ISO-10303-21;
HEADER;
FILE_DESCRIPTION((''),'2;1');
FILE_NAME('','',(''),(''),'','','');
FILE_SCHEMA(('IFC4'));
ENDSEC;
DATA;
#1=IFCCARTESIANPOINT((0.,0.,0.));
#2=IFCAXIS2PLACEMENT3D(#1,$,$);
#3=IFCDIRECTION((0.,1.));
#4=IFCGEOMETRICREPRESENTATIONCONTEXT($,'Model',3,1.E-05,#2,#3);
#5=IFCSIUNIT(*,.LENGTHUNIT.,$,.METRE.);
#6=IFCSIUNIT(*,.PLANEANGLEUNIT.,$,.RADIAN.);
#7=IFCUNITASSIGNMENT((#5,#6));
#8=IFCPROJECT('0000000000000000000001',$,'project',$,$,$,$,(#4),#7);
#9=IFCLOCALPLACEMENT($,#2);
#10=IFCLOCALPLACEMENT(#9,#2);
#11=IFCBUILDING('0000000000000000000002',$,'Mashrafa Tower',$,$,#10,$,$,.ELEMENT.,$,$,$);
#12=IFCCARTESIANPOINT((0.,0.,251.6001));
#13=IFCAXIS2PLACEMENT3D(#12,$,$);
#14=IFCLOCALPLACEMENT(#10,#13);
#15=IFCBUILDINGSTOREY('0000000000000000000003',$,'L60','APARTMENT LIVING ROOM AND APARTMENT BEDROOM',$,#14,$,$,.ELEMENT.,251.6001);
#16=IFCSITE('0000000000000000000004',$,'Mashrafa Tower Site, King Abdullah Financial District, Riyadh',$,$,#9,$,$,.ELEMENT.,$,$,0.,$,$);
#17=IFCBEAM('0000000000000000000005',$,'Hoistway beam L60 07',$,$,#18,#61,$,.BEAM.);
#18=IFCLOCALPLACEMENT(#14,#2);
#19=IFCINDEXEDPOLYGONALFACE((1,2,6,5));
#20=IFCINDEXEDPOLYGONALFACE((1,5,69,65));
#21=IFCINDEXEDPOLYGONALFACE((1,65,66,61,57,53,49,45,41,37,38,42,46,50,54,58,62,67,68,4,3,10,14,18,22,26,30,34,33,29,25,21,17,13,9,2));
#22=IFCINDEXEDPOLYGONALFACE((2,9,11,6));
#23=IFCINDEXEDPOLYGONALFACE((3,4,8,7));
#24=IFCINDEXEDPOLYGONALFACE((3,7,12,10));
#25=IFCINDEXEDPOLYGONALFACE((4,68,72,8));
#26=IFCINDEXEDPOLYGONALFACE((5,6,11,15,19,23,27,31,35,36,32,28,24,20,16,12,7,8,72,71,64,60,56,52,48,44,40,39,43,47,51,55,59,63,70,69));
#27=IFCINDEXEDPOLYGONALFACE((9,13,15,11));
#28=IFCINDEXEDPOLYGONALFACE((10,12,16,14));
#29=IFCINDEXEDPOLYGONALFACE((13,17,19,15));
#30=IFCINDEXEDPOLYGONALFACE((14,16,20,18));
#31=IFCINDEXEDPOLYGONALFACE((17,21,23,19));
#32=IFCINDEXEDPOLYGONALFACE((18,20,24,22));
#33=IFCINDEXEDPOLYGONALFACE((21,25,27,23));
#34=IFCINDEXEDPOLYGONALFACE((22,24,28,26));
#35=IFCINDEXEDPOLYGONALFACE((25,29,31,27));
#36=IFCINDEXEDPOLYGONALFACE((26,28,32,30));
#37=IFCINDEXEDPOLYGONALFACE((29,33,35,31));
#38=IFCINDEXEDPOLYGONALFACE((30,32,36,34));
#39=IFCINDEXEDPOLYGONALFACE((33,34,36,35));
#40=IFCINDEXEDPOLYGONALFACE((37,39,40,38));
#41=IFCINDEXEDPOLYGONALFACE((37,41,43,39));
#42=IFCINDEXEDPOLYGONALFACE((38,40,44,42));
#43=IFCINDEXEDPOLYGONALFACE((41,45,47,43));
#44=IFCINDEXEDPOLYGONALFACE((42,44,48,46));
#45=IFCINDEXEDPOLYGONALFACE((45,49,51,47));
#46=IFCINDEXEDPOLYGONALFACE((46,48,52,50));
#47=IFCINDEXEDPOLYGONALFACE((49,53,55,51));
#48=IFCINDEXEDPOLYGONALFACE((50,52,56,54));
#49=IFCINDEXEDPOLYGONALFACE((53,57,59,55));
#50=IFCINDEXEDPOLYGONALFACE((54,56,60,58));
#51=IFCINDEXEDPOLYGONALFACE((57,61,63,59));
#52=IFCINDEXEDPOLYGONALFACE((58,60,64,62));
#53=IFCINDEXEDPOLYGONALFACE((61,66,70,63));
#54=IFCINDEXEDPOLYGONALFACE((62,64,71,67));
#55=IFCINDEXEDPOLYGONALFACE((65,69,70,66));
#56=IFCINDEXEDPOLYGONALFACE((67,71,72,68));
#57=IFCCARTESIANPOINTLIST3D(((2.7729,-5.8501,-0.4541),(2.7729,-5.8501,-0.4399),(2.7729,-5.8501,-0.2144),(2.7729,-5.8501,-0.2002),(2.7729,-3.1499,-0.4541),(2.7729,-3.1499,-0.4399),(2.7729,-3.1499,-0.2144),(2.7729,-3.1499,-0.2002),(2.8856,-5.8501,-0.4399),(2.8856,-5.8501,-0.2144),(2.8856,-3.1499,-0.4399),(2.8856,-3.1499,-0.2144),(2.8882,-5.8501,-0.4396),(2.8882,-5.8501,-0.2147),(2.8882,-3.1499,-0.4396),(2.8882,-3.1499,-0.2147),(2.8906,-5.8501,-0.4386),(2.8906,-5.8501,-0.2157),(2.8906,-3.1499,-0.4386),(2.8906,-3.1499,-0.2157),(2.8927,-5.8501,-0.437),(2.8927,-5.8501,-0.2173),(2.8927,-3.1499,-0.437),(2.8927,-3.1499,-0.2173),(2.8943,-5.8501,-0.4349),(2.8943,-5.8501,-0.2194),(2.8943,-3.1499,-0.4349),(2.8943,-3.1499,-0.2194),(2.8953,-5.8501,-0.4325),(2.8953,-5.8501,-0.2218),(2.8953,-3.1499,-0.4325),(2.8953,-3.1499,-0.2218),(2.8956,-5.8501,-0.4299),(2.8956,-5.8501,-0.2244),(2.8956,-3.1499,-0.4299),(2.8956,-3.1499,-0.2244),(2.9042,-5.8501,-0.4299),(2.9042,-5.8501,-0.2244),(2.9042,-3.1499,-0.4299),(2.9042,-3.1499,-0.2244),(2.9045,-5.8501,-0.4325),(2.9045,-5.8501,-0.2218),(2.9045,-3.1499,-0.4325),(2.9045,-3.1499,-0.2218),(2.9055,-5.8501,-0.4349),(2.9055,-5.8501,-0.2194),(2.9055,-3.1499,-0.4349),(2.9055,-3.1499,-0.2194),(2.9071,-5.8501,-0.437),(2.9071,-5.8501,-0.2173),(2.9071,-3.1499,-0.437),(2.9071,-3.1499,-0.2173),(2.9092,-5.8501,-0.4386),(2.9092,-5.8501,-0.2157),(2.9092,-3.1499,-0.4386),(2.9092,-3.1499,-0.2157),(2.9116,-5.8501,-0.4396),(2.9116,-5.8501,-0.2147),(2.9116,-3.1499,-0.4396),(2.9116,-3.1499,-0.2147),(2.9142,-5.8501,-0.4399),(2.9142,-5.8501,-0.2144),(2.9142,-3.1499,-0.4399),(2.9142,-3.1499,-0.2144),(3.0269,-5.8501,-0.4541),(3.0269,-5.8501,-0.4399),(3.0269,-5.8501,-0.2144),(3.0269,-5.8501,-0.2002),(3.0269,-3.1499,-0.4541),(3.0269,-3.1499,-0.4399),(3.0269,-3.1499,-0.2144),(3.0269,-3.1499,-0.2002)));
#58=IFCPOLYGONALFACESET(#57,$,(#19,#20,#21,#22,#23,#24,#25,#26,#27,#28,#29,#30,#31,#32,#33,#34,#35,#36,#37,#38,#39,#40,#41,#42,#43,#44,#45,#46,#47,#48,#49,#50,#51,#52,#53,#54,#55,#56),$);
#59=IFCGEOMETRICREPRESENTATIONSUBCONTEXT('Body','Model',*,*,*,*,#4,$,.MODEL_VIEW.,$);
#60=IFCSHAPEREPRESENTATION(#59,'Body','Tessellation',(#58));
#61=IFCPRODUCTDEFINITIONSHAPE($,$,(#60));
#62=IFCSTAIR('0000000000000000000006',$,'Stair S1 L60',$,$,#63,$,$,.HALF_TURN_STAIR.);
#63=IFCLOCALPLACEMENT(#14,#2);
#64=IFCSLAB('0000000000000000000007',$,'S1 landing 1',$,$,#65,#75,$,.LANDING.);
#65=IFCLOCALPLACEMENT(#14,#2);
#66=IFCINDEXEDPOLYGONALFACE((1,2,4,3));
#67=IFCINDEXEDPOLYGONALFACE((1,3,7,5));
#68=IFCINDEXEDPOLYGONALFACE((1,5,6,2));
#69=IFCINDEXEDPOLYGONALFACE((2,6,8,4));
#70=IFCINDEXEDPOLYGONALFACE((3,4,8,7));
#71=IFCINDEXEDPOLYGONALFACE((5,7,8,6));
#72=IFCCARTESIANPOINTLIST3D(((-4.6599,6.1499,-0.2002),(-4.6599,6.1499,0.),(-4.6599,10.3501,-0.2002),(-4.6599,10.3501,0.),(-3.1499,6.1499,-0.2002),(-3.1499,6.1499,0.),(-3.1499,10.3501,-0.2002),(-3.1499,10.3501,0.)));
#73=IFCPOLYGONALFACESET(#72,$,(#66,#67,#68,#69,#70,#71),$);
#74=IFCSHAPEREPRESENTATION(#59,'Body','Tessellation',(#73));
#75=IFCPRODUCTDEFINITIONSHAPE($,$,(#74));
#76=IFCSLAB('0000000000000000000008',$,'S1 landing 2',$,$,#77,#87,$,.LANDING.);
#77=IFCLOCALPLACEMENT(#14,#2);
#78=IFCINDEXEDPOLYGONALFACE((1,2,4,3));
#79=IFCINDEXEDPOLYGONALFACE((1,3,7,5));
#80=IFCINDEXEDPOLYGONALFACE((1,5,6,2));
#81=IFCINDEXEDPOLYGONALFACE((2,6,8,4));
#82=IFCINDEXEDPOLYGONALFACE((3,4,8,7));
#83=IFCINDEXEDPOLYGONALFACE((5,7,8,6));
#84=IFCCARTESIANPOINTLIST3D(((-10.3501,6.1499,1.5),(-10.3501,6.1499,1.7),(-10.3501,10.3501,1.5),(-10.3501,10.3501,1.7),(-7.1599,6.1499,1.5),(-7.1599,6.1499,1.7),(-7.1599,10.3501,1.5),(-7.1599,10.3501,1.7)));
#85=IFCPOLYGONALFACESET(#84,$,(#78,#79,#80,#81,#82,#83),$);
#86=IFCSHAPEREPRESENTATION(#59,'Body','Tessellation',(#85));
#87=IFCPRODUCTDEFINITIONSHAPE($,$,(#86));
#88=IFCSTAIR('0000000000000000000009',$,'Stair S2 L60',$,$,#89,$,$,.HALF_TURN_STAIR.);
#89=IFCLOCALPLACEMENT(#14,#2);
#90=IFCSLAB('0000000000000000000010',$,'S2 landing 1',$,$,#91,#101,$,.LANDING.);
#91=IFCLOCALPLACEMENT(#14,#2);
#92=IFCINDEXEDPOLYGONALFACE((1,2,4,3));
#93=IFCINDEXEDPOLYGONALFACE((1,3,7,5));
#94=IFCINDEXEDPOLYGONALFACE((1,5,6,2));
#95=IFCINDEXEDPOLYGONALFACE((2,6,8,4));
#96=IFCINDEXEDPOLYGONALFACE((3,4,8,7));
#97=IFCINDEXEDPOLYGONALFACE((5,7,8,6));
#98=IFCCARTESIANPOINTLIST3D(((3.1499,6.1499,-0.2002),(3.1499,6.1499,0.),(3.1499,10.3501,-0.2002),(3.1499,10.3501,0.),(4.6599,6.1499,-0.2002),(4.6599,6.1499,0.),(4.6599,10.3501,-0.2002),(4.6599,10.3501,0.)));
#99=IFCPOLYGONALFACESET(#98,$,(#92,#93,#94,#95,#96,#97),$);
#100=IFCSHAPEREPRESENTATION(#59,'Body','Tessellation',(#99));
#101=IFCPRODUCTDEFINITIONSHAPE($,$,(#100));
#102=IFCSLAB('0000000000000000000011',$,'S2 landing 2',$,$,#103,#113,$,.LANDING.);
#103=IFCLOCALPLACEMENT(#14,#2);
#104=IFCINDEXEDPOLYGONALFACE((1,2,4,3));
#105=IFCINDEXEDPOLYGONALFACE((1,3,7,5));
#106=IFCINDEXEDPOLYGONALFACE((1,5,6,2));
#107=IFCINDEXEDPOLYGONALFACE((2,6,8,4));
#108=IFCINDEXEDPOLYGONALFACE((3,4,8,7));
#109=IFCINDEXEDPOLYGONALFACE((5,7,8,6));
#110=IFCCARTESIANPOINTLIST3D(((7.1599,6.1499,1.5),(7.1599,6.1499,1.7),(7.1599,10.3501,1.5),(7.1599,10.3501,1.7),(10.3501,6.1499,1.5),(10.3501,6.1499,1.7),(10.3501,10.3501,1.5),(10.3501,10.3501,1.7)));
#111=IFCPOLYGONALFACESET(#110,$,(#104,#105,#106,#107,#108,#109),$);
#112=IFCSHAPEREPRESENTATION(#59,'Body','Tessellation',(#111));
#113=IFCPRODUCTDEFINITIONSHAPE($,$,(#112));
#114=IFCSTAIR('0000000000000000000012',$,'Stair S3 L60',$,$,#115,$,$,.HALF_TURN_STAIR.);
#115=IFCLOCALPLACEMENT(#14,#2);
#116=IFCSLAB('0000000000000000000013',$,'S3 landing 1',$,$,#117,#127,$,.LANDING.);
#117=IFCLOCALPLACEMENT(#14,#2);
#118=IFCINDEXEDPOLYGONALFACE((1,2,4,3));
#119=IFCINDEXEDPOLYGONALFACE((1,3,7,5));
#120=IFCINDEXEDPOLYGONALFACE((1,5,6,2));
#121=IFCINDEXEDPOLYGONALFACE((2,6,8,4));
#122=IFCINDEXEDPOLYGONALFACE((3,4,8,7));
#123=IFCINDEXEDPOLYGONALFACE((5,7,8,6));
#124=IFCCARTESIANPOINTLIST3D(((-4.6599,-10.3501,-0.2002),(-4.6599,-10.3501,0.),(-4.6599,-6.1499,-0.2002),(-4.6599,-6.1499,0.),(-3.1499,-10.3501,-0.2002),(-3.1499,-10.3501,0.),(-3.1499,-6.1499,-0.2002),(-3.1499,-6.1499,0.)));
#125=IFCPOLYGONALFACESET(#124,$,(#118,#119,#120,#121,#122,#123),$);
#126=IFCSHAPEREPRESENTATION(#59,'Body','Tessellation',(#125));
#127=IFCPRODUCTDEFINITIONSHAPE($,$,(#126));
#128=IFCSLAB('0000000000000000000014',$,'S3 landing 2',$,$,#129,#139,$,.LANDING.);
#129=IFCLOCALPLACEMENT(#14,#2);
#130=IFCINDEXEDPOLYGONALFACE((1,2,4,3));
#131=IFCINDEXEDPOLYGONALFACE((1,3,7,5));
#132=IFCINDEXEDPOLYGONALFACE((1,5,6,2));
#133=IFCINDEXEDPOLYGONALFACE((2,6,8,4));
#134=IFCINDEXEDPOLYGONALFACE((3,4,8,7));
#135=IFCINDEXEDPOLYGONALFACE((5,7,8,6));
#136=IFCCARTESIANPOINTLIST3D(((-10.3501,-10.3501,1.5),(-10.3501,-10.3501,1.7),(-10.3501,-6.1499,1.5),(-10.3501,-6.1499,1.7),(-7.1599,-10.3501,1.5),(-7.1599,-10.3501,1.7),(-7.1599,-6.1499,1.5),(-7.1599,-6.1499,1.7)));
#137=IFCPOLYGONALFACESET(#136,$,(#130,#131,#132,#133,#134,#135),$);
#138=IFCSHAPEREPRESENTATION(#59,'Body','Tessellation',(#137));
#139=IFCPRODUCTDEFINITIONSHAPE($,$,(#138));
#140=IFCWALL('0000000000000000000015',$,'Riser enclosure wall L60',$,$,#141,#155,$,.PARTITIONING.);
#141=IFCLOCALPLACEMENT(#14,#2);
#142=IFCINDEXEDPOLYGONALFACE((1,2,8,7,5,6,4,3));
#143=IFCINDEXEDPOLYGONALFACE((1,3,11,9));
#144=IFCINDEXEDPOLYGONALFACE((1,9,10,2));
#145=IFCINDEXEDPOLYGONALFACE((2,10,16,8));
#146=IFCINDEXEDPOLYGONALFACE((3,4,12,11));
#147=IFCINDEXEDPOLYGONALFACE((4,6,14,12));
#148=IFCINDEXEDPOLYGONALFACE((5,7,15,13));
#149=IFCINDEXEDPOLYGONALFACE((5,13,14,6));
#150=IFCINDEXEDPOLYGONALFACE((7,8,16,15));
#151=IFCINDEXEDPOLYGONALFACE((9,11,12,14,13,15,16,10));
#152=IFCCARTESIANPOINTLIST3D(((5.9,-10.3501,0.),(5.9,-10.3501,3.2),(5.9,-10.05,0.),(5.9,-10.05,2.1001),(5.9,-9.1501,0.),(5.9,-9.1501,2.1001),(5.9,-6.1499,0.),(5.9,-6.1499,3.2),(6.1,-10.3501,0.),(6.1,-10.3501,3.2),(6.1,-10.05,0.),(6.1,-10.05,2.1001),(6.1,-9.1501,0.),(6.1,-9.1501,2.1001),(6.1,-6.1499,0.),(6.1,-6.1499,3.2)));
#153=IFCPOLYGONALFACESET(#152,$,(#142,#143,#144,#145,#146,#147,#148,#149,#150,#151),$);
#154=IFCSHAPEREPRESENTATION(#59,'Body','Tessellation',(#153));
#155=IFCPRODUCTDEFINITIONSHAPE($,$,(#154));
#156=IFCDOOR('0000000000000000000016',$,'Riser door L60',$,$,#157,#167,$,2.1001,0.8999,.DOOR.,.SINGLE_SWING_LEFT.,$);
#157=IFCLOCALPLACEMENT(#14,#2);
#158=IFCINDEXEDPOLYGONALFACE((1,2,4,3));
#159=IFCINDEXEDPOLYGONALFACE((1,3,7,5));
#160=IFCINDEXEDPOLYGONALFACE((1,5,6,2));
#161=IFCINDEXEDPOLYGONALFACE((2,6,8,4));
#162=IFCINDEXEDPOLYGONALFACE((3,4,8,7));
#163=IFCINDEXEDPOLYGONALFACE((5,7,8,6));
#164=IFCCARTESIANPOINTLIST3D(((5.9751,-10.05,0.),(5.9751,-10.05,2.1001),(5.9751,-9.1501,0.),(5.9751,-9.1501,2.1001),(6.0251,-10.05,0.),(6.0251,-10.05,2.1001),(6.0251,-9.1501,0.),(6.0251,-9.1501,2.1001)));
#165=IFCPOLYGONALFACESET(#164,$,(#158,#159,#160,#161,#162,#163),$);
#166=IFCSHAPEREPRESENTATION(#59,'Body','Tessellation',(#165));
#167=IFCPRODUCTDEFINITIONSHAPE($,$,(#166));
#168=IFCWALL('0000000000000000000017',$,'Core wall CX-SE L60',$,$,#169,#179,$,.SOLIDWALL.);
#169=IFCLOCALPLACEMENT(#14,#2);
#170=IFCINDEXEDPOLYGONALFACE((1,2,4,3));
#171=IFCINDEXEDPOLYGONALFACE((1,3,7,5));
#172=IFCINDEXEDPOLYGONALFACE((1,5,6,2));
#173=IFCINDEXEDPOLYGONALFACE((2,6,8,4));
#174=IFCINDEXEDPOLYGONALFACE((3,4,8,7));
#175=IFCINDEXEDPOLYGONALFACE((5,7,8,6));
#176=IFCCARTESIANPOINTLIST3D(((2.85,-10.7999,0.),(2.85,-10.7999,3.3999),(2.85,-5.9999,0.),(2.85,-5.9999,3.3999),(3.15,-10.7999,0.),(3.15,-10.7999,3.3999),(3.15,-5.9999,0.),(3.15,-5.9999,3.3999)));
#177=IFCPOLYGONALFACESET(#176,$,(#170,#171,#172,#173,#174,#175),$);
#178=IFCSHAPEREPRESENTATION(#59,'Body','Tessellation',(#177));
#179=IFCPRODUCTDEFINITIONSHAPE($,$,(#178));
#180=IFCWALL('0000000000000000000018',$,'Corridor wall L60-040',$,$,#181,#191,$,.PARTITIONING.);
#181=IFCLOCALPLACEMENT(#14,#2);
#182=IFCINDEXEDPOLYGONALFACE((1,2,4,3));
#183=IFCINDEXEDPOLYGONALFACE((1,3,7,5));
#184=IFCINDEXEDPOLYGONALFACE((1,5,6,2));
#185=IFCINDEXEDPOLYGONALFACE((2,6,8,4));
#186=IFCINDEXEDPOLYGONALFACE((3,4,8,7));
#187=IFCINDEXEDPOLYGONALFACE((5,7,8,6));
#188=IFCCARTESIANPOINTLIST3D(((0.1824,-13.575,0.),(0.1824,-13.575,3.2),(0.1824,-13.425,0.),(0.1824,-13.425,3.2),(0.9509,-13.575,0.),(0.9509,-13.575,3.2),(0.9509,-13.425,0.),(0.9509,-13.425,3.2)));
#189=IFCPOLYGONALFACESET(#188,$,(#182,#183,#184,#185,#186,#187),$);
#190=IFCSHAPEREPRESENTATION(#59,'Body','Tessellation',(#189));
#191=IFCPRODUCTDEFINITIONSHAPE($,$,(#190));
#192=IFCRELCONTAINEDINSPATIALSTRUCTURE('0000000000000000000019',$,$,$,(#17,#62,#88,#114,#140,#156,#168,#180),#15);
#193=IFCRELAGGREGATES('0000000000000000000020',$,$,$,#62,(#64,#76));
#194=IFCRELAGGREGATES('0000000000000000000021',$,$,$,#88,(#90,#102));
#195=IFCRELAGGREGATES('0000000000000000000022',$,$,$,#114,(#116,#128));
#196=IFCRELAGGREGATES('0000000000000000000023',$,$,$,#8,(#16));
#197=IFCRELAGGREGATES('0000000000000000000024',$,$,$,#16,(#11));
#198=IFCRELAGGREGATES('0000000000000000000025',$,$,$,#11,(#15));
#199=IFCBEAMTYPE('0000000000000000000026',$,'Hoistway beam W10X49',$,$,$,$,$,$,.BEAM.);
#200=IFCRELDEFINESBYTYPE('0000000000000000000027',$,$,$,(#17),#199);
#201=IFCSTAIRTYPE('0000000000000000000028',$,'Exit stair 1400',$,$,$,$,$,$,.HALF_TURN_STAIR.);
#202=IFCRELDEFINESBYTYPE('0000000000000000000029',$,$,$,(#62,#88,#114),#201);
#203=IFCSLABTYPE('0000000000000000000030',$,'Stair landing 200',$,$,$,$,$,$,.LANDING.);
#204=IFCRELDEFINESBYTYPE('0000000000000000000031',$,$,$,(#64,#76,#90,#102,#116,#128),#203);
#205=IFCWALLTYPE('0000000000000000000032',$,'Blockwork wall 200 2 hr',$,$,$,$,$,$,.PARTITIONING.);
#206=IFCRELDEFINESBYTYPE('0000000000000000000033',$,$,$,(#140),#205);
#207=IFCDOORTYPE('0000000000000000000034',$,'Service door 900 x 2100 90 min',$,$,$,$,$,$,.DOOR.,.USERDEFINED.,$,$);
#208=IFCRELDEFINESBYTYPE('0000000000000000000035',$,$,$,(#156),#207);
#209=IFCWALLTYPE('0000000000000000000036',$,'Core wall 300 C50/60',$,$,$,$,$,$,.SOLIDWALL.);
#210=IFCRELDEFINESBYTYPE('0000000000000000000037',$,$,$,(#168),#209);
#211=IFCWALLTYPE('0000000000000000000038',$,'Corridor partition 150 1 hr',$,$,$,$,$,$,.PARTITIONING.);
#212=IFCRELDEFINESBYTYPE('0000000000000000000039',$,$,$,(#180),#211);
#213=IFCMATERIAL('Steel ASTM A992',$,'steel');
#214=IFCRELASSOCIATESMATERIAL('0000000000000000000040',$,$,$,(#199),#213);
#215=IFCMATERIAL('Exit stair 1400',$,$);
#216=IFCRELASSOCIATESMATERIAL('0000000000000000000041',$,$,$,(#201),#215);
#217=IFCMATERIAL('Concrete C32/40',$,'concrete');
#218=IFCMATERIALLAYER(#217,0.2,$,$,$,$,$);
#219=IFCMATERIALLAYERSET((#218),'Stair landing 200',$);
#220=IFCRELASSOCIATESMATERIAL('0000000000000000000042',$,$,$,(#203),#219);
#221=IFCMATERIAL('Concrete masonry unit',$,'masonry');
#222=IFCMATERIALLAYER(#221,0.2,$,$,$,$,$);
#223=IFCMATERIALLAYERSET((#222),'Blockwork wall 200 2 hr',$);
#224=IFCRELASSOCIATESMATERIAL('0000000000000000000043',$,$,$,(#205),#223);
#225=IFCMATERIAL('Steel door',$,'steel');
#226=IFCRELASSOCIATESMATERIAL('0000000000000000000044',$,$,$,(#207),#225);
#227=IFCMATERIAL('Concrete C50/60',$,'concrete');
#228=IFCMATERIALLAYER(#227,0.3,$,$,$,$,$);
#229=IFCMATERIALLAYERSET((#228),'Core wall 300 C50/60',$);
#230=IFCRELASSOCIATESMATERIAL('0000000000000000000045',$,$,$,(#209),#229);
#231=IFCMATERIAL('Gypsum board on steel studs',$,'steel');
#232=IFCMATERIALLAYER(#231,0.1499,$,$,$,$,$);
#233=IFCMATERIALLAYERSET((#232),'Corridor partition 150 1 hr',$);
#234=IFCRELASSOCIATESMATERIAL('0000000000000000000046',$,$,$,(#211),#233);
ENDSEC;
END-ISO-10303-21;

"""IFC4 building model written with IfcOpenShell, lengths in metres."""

from ifc_helpers import new_model, si_unit, direction, frame, frame_2d, origin, origin_2d, place, context, subcontext, project, spatial, polyline, rectangle, i_section, outline, extrude, material, layer, layer_set, material_profile, profile_set, type_object, element, fill, aggregate, save


model = new_model("IFC4")

# Units and contexts
model_context = context("Model", 3, precision=1e-05, world=origin(), true_north=direction((0.0, 1.0)))
body_context = subcontext(model_context, "Body", "Model", "MODEL_VIEW")
ifc_project = project(units=[si_unit("LENGTHUNIT", "METRE"), si_unit("PLANEANGLEUNIT", "RADIAN")], contexts=[model_context])

# Site, building, storey
site_placement = place(None, origin())
site = spatial("IfcSite", under=ifc_project, at=site_placement, Name="Mashrafa Tower Site, King Abdullah Financial District, Riyadh", CompositionType="ELEMENT", RefElevation=0.0)
building_placement = place(site_placement, origin())
building = spatial("IfcBuilding", under=site, at=building_placement, Name="Mashrafa Tower", CompositionType="ELEMENT")
storey_placement = place(building_placement, frame((0.0, 0.0, 251.6001)))
storey = spatial("IfcBuildingStorey", under=building, at=storey_placement, Name="L60", Description="APARTMENT LIVING ROOM AND APARTMENT BEDROOM", CompositionType="ELEMENT", Elevation=251.6001)

# Beam
ifc_material_1 = material(Name="Steel ASTM A992", Category="steel")
ifc_material_profile_1 = material_profile(ifc_material_1, i_section(OverallWidth=0.2539, OverallDepth=0.2539, WebThickness=0.0085, FlangeThickness=0.0142, FilletRadius=0.01, at=origin_2d()), Name="W10X49")
ifc_profile_set_1 = profile_set([ifc_material_profile_1], Name="Steel ASTM A992")
beam_type_1 = type_object("IfcBeamType", Name="Hoistway beam W10X49", PredefinedType="BEAM", material=ifc_profile_set_1)
beam_1_placement = place(storey_placement, frame((2.8999, -5.8501, -0.3271), z_axis=(0.0, 1.0, 0.0), x_axis=(-1.0, 0.0, 0.0)))
element("IfcBeam", 1, at=beam_1_placement, inside=storey, type_object=beam_type_1, Name="Hoistway beam L60 07", PredefinedType="BEAM", context=body_context, shape_type="SweptSolid", body=[
    extrude(i_section(OverallWidth=0.2539, OverallDepth=0.2539, WebThickness=0.0085, FlangeThickness=0.0142, FilletRadius=0.01, at=origin_2d()), origin(), (0.0, 0.0, 1.0), 2.7002),
])

# Stairs, slabs
ifc_material_2 = material(Name="Exit stair 1400")
stair_type = type_object("IfcStairType", Name="Exit stair 1400", PredefinedType="HALF_TURN_STAIR", material=ifc_material_2)
stair_1_placement = place(storey_placement, origin())
stair_1 = element("IfcStair", 2, at=stair_1_placement, inside=storey, type_object=stair_type, Name="Stair S1 L60", PredefinedType="HALF_TURN_STAIR")
ifc_material_3 = material(Name="Concrete C32/40", Category="concrete")
ifc_layer_1 = layer(ifc_material_3, 0.2)
ifc_layer_set_1 = layer_set([ifc_layer_1], Name="Stair landing 200")
slab_type = type_object("IfcSlabType", Name="Stair landing 200", PredefinedType="LANDING", material=ifc_layer_set_1)
slab_1_placement = place(storey_placement, frame((0.0, 0.0, -0.2002)))
slab_1 = element("IfcSlab", 3, at=slab_1_placement, type_object=slab_type, Name="S1 landing 1", PredefinedType="LANDING", context=body_context, shape_type="SweptSolid", body=[
    extrude(outline(polyline([(-4.6599, 6.1499), (-3.1499, 6.1499), (-3.1499, 10.3501), (-4.6599, 10.3501), (-4.6599, 6.1499)])), origin(), (0.0, 0.0, 1.0), 0.2002),
])
slab_2_placement = place(storey_placement, frame((0.0, 0.0, 1.5)))
slab_2 = element("IfcSlab", 4, at=slab_2_placement, type_object=slab_type, Name="S1 landing 2", PredefinedType="LANDING", context=body_context, shape_type="SweptSolid", body=[
    extrude(outline(polyline([(-10.3501, 6.1499), (-7.1599, 6.1499), (-7.1599, 10.3501), (-10.3501, 10.3501), (-10.3501, 6.1499)])), origin(), (0.0, 0.0, 1.0), 0.2),
])
aggregate(stair_1, [slab_1, slab_2])
stair_2_placement = place(storey_placement, origin())
stair_2 = element("IfcStair", 5, at=stair_2_placement, inside=storey, type_object=stair_type, Name="Stair S2 L60", PredefinedType="HALF_TURN_STAIR")
slab_3_placement = place(storey_placement, frame((0.0, 0.0, -0.2002)))
slab_3 = element("IfcSlab", 6, at=slab_3_placement, type_object=slab_type, Name="S2 landing 1", PredefinedType="LANDING", context=body_context, shape_type="SweptSolid", body=[
    extrude(outline(polyline([(3.1499, 6.1499), (4.6599, 6.1499), (4.6599, 10.3501), (3.1499, 10.3501), (3.1499, 6.1499)])), origin(), (0.0, 0.0, 1.0), 0.2002),
])
slab_4_placement = place(storey_placement, frame((0.0, 0.0, 1.5)))
slab_4 = element("IfcSlab", 7, at=slab_4_placement, type_object=slab_type, Name="S2 landing 2", PredefinedType="LANDING", context=body_context, shape_type="SweptSolid", body=[
    extrude(outline(polyline([(7.1599, 6.1499), (10.3501, 6.1499), (10.3501, 10.3501), (7.1599, 10.3501), (7.1599, 6.1499)])), origin(), (0.0, 0.0, 1.0), 0.2),
])
aggregate(stair_2, [slab_3, slab_4])
stair_3_placement = place(storey_placement, origin())
stair_3 = element("IfcStair", 8, at=stair_3_placement, inside=storey, type_object=stair_type, Name="Stair S3 L60", PredefinedType="HALF_TURN_STAIR")
slab_5_placement = place(storey_placement, frame((0.0, 0.0, -0.2002)))
slab_5 = element("IfcSlab", 9, at=slab_5_placement, type_object=slab_type, Name="S3 landing 1", PredefinedType="LANDING", context=body_context, shape_type="SweptSolid", body=[
    extrude(outline(polyline([(-4.6599, -10.3501), (-3.1499, -10.3501), (-3.1499, -6.1499), (-4.6599, -6.1499), (-4.6599, -10.3501)])), origin(), (0.0, 0.0, 1.0), 0.2002),
])
slab_6_placement = place(storey_placement, frame((0.0, 0.0, 1.5)))
slab_6 = element("IfcSlab", 10, at=slab_6_placement, type_object=slab_type, Name="S3 landing 2", PredefinedType="LANDING", context=body_context, shape_type="SweptSolid", body=[
    extrude(outline(polyline([(-10.3501, -10.3501), (-7.1599, -10.3501), (-7.1599, -6.1499), (-10.3501, -6.1499), (-10.3501, -10.3501)])), origin(), (0.0, 0.0, 1.0), 0.2),
])
aggregate(stair_3, [slab_5, slab_6])

# Wall, opening, door
ifc_material_4 = material(Name="Concrete masonry unit", Category="masonry")
ifc_layer_2 = layer(ifc_material_4, 0.2)
ifc_layer_set_2 = layer_set([ifc_layer_2], Name="Blockwork wall 200 2 hr")
wall_type_1 = type_object("IfcWallType", Name="Blockwork wall 200 2 hr", PredefinedType="PARTITIONING", material=ifc_layer_set_2)
wall_1_placement = place(storey_placement, frame((6.0, -10.3501, 0.0), z_axis=(0.0, 0.0, 1.0), x_axis=(0.0, 1.0, 0.0)))
wall_1 = element("IfcWall", 11, at=wall_1_placement, inside=storey, type_object=wall_type_1, Name="Riser enclosure wall L60", PredefinedType="PARTITIONING", context=body_context, shape_type="SweptSolid", body=[
    extrude(rectangle(XDim=4.2002, YDim=0.2, at=frame_2d((2.1001, 0.0))), origin(), (0.0, 0.0, 1.0), 3.2),
])
opening_1_placement = place(wall_1_placement, frame((0.3, 0.0, 0.0)))
opening_1 = element("IfcOpeningElement", 12, at=opening_1_placement, cuts=wall_1, PredefinedType="OPENING", context=body_context, shape_type="SweptSolid", body=[
    extrude(rectangle(XDim=0.8999, YDim=2.1001, at=frame_2d((0.45, 1.05))), frame((0.0, 0.1099, 0.0), z_axis=(0.0, -1.0, 0.0), x_axis=(1.0, 0.0, 0.0)), (0.0, 0.0, 1.0), 0.22),
])
ifc_material_5 = material(Name="Steel door", Category="steel")
door_type_1 = type_object("IfcDoorType", Name="Service door 900 x 2100 90 min", OperationType="USERDEFINED", PredefinedType="DOOR", material=ifc_material_5)
door_1_placement = place(opening_1_placement, origin())
door_1 = element("IfcDoor", 13, at=door_1_placement, inside=storey, type_object=door_type_1, Name="Riser door L60", OperationType="SINGLE_SWING_LEFT", OverallHeight=2.1001, OverallWidth=0.8999, PredefinedType="DOOR", context=body_context, shape_type="SweptSolid", body=[
    extrude(rectangle(XDim=0.8999, YDim=2.1001, at=frame_2d((0.45, 1.05))), frame((0.0, 0.0249, 0.0), z_axis=(0.0, -1.0, 0.0), x_axis=(1.0, 0.0, 0.0)), (0.0, 0.0, 1.0), 0.05),
])
fill(opening_1, door_1)

# Walls
ifc_material_6 = material(Name="Concrete C50/60", Category="concrete")
ifc_layer_3 = layer(ifc_material_6, 0.3)
ifc_layer_set_3 = layer_set([ifc_layer_3], Name="Core wall 300 C50/60")
wall_type_2 = type_object("IfcWallType", Name="Core wall 300 C50/60", PredefinedType="SOLIDWALL", material=ifc_layer_set_3)
wall_2_placement = place(storey_placement, frame((3.0, -6.0, 0.0), z_axis=(0.0, 0.0, 1.0), x_axis=(0.0, -1.0, 0.0)))
element("IfcWall", 14, at=wall_2_placement, inside=storey, type_object=wall_type_2, Name="Core wall CX-SE L60", PredefinedType="SOLIDWALL", context=body_context, shape_type="SweptSolid", body=[
    extrude(rectangle(XDim=4.8, YDim=0.3, at=frame_2d((2.3999, 0.0))), origin(), (0.0, 0.0, 1.0), 3.3999),
])
ifc_material_7 = material(Name="Gypsum board on steel studs", Category="steel")
ifc_layer_4 = layer(ifc_material_7, 0.1499)
ifc_layer_set_4 = layer_set([ifc_layer_4], Name="Corridor partition 150 1 hr")
wall_type_3 = type_object("IfcWallType", Name="Corridor partition 150 1 hr", PredefinedType="PARTITIONING", material=ifc_layer_set_4)
wall_3_placement = place(storey_placement, frame((0.1824, -13.5, 0.0), z_axis=(0.0, 0.0, 1.0), x_axis=(1.0, 0.0, 0.0)))
element("IfcWall", 15, at=wall_3_placement, inside=storey, type_object=wall_type_3, Name="Corridor wall L60-040", PredefinedType="PARTITIONING", context=body_context, shape_type="SweptSolid", body=[
    extrude(rectangle(XDim=0.7686, YDim=0.1499, at=frame_2d((0.3843, 0.0))), origin(), (0.0, 0.0, 1.0), 3.2),
])

save(model, "model.ifc")
